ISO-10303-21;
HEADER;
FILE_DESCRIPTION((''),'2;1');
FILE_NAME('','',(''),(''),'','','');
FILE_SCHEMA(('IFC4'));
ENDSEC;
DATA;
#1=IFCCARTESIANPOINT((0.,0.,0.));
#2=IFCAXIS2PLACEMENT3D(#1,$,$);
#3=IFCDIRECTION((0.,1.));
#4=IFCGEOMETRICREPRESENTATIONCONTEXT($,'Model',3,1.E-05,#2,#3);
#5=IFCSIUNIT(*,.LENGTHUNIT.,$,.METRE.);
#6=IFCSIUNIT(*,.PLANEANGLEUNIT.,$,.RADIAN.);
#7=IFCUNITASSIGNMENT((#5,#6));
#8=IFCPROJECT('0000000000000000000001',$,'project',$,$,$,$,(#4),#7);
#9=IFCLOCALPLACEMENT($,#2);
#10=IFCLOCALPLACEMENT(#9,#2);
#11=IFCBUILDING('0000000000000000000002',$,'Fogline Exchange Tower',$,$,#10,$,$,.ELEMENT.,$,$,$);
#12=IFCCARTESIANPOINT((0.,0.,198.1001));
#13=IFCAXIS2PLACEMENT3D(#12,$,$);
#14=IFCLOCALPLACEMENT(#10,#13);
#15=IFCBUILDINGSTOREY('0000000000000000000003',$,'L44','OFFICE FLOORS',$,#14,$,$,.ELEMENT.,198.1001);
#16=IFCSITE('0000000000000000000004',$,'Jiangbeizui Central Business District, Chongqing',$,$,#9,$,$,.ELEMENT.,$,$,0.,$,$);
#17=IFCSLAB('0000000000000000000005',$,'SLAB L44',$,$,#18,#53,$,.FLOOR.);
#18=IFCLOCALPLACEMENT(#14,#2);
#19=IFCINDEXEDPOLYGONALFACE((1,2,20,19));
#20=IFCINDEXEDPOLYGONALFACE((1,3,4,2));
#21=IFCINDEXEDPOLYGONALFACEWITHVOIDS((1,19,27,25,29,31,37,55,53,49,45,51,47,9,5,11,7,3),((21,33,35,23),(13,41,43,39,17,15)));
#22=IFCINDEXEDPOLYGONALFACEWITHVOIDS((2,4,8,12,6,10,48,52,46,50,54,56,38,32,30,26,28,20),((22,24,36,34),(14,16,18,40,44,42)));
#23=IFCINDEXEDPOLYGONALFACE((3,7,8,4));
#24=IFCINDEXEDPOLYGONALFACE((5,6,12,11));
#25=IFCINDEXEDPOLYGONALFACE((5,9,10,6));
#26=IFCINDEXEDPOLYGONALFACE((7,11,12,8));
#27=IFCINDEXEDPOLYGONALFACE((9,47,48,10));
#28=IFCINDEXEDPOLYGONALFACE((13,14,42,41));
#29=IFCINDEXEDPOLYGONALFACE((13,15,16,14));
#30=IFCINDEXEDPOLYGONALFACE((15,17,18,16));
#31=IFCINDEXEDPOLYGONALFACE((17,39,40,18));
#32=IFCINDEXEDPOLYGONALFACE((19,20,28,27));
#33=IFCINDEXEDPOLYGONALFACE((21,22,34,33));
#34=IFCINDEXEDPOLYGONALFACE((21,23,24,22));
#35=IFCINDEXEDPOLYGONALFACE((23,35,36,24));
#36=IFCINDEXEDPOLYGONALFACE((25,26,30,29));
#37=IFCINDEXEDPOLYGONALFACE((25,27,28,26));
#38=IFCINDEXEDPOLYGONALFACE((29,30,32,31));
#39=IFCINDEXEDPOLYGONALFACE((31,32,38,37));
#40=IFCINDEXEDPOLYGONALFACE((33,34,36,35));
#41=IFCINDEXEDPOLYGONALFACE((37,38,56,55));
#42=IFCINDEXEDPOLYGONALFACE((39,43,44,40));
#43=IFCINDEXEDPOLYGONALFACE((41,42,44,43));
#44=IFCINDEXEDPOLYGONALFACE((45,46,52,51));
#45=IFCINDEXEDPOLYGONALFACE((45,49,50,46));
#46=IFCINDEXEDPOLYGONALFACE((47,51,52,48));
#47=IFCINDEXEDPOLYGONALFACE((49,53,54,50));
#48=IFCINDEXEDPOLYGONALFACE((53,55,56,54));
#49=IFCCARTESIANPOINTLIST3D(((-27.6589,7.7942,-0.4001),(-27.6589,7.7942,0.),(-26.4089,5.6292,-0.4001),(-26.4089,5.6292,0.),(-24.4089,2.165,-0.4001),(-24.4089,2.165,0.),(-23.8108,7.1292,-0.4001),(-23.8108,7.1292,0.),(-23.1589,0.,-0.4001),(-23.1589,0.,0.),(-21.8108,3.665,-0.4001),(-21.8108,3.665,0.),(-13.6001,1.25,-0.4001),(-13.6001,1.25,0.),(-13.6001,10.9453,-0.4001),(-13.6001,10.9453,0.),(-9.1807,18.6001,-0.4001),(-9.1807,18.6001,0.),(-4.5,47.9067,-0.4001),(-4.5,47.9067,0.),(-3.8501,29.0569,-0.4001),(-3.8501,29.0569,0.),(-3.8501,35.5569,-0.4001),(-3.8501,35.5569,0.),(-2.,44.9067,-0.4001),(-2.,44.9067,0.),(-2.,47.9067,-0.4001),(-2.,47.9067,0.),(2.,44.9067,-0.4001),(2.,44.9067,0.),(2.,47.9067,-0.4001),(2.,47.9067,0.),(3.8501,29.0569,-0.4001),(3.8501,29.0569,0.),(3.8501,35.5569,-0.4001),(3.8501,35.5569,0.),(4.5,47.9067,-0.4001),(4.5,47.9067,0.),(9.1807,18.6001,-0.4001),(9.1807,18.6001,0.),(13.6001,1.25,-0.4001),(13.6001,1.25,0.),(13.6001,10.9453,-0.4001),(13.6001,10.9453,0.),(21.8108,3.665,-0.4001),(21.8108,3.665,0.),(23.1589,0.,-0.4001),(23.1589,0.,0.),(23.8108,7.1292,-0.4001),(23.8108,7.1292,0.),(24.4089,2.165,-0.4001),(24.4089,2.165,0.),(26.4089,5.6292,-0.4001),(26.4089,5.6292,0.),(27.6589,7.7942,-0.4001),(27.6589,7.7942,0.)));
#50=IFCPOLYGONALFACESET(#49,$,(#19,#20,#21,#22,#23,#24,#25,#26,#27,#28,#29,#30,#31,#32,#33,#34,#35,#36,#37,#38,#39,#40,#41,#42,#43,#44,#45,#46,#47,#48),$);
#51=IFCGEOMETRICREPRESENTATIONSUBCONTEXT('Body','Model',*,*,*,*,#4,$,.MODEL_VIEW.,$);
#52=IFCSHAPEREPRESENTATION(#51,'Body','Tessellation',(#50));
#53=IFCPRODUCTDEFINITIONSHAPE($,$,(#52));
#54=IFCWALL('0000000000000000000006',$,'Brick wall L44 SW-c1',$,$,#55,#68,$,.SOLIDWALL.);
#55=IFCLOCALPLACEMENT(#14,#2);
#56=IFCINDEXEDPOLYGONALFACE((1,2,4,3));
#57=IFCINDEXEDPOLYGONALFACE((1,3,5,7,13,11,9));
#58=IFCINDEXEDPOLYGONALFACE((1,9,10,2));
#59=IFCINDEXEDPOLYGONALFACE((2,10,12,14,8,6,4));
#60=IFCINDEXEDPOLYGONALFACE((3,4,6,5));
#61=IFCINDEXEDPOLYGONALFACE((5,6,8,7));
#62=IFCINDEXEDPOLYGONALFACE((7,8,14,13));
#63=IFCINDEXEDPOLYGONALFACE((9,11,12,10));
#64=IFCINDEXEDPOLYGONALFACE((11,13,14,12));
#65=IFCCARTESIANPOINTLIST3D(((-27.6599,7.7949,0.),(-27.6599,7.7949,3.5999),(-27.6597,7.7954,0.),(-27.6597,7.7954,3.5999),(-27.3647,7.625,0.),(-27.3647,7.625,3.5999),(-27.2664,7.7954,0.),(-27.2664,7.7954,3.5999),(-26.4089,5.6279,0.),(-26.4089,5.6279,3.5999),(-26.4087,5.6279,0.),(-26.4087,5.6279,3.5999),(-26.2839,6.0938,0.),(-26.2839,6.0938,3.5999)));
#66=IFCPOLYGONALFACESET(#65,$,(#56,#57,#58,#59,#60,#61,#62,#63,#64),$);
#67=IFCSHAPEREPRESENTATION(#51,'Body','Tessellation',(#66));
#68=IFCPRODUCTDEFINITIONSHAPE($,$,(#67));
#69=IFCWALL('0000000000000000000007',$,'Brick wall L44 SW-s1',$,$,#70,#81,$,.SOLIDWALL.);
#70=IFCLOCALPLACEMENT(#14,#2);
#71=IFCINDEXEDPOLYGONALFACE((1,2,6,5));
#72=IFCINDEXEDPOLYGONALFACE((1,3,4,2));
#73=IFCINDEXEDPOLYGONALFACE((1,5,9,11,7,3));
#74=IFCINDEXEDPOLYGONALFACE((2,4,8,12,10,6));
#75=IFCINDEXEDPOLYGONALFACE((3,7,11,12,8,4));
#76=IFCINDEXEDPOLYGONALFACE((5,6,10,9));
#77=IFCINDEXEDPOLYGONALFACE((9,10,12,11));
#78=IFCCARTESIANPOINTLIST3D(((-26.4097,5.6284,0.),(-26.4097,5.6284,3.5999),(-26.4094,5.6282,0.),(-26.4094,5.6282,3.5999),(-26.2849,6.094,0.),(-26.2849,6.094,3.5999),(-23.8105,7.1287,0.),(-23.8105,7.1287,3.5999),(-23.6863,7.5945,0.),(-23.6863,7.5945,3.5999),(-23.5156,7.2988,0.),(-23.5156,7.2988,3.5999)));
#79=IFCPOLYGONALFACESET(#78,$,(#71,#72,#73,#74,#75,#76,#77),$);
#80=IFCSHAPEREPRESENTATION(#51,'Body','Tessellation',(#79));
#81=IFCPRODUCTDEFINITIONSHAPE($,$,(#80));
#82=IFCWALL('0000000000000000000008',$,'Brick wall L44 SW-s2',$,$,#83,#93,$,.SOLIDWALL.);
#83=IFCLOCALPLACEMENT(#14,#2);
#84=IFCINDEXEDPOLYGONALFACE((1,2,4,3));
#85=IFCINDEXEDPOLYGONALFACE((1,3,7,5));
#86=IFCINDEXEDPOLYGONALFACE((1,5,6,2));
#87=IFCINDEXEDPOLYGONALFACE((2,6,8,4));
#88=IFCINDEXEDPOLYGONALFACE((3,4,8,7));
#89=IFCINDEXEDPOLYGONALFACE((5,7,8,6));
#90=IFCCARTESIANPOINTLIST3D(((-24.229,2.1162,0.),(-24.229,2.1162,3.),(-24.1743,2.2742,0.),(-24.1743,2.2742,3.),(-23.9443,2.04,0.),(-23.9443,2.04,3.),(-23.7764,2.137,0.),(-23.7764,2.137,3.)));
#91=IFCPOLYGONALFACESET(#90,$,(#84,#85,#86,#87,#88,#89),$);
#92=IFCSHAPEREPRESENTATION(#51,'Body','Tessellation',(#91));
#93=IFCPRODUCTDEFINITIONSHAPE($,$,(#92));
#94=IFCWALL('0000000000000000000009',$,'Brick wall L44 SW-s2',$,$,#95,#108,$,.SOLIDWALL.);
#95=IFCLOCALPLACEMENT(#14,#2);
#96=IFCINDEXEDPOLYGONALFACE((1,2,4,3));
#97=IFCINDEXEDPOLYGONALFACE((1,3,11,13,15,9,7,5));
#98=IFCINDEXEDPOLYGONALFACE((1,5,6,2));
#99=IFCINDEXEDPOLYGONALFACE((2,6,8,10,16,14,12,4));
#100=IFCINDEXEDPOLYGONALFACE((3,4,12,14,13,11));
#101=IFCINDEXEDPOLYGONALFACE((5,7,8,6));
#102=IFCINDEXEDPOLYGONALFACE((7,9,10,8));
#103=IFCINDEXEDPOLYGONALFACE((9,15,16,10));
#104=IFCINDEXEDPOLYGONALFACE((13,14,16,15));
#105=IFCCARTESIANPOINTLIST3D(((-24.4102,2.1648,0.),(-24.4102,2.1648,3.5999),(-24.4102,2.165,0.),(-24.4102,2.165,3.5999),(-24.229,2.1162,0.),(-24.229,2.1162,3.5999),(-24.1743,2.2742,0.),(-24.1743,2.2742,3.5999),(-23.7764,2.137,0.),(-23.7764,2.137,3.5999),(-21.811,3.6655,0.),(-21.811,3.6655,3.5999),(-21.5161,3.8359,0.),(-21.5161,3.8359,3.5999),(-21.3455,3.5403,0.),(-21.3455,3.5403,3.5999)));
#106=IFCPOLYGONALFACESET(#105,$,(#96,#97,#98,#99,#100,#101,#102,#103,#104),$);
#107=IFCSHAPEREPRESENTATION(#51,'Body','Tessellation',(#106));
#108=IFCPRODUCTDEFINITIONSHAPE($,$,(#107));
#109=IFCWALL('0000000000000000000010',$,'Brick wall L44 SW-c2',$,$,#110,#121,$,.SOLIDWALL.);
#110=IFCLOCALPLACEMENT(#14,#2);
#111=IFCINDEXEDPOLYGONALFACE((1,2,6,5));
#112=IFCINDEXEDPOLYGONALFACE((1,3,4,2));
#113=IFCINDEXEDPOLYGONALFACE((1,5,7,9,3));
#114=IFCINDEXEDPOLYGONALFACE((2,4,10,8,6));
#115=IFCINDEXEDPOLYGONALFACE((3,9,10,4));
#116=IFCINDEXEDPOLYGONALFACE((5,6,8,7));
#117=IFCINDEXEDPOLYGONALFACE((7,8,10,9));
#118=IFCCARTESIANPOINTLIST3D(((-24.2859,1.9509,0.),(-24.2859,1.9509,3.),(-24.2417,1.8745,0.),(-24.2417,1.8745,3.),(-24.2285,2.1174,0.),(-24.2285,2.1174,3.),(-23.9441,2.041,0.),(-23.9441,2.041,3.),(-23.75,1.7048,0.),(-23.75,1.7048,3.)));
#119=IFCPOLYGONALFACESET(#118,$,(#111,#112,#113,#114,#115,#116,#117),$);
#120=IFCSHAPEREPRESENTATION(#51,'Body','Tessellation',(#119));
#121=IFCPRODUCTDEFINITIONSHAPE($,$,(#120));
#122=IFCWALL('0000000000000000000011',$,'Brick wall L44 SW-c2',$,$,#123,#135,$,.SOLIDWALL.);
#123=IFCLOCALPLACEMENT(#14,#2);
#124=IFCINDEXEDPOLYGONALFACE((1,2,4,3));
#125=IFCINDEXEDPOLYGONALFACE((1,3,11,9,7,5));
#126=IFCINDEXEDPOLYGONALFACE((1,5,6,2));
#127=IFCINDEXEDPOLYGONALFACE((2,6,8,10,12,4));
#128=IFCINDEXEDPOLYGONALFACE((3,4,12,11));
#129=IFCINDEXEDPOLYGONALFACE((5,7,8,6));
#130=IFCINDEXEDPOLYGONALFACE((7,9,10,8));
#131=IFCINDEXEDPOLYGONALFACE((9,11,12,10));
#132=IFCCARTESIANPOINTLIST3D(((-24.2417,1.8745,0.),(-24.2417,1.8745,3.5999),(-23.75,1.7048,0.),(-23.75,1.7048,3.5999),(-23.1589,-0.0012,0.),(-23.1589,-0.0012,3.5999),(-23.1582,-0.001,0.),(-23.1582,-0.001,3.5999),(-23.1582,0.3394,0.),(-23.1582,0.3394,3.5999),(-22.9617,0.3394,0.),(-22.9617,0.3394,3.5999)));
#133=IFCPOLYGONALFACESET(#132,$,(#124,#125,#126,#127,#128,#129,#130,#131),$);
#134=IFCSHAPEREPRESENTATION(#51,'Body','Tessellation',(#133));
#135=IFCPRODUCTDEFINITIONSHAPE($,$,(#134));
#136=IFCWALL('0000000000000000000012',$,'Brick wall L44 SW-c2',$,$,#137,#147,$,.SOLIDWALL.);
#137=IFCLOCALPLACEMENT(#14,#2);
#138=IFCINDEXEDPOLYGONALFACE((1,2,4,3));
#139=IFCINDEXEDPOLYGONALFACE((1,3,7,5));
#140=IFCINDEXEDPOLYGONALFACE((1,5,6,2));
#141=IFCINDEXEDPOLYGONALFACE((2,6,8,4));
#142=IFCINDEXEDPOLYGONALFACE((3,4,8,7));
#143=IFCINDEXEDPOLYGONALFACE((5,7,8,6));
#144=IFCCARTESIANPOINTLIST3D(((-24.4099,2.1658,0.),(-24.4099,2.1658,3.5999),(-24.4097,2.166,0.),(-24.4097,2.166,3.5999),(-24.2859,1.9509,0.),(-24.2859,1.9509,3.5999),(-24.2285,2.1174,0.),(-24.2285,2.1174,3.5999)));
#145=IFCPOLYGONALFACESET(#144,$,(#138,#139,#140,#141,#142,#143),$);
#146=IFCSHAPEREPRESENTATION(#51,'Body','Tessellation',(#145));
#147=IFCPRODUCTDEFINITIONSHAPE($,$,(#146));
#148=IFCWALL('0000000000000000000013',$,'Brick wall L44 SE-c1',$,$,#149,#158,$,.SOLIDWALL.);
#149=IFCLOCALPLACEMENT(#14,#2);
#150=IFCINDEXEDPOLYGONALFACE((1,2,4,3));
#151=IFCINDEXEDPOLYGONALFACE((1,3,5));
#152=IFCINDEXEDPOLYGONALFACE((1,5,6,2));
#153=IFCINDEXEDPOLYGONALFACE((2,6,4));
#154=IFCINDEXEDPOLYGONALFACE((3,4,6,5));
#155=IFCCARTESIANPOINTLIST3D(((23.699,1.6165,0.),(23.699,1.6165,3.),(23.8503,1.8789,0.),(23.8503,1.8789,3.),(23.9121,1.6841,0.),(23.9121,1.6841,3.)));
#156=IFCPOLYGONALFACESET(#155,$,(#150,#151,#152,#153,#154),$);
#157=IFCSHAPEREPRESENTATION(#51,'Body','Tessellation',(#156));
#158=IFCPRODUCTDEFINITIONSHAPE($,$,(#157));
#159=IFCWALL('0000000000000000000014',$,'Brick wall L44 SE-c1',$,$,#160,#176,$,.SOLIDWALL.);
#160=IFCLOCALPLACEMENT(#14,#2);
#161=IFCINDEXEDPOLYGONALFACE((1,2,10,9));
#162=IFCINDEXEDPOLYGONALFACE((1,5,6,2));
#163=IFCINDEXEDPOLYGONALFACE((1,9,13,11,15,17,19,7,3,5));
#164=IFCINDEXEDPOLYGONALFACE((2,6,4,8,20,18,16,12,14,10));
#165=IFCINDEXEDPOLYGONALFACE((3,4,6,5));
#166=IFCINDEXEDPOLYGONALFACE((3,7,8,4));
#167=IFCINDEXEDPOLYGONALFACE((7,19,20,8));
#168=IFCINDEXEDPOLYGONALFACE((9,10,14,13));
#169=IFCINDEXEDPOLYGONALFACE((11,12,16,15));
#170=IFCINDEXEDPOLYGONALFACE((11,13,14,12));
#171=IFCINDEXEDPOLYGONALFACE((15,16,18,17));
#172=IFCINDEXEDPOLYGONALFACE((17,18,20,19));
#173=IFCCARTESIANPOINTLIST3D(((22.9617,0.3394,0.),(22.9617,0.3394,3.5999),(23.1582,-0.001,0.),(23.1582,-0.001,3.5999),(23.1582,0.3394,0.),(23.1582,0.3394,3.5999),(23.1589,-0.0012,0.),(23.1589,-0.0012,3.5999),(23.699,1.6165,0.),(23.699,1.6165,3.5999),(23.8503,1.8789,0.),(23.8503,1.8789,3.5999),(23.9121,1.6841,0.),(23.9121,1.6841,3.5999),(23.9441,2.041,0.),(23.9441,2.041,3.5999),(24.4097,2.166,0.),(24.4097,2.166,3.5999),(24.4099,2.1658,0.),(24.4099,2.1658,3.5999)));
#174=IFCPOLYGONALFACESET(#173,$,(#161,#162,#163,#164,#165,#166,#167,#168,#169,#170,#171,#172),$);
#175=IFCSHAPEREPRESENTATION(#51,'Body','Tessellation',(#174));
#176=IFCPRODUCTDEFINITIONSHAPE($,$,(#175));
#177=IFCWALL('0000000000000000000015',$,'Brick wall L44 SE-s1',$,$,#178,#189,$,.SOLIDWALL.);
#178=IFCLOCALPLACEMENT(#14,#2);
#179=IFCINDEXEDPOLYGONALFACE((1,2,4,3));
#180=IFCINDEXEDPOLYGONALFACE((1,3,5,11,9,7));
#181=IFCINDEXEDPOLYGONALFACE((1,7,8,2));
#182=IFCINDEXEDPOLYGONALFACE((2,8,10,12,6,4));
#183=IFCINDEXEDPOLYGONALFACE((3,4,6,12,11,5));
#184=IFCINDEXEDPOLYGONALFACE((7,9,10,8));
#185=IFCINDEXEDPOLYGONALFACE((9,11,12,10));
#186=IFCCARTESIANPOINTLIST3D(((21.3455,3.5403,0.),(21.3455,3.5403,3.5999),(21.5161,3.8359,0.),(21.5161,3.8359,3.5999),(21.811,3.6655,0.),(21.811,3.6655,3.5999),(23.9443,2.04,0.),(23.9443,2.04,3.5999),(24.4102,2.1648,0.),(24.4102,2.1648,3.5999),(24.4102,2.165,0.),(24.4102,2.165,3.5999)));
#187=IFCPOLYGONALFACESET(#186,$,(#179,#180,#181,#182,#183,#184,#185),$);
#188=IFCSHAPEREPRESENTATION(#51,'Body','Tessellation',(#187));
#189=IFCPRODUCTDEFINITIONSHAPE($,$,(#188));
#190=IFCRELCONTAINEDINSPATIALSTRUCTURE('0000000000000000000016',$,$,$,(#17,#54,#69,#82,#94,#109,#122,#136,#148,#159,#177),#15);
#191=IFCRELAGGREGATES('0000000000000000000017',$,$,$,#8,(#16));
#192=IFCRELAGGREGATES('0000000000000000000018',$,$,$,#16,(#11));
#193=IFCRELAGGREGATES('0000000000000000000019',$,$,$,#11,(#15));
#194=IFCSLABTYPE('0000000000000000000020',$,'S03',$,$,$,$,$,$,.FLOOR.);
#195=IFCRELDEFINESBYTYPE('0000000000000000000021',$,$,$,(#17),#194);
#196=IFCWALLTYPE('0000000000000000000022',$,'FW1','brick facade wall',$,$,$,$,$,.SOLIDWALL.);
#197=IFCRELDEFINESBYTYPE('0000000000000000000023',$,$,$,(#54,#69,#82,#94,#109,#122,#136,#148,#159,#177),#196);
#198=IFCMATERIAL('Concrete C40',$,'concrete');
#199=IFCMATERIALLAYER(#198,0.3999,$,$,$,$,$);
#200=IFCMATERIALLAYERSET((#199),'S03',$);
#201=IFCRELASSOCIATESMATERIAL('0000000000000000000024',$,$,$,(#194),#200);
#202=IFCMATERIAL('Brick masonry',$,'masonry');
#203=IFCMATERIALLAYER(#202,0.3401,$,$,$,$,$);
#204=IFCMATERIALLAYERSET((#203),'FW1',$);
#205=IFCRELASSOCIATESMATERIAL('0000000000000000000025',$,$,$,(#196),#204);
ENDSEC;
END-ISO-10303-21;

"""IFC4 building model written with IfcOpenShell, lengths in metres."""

from ifc_helpers import new_model, si_unit, direction, frame, origin, place, context, subcontext, project, spatial, polyline, outline, extrude, material, layer, layer_set, type_object, element, save


model = new_model("IFC4")

# Units and contexts
model_context = context("Model", 3, precision=1e-05, world=origin(), true_north=direction((0.0, 1.0)))
body_context = subcontext(model_context, "Body", "Model", "MODEL_VIEW")
ifc_project = project(units=[si_unit("LENGTHUNIT", "METRE"), si_unit("PLANEANGLEUNIT", "RADIAN")], contexts=[model_context])

# Site, building, storey
site_placement = place(None, origin())
site = spatial("IfcSite", under=ifc_project, at=site_placement, Name="Jiangbeizui Central Business District, Chongqing", CompositionType="ELEMENT", RefElevation=0.0)
building_placement = place(site_placement, origin())
building = spatial("IfcBuilding", under=site, at=building_placement, Name="Fogline Exchange Tower", CompositionType="ELEMENT")
storey_placement = place(building_placement, frame((0.0, 0.0, 198.1001)))
storey = spatial("IfcBuildingStorey", under=building, at=storey_placement, Name="L44", Description="OFFICE FLOORS", CompositionType="ELEMENT", Elevation=198.1001)

# Slab
ifc_material_1 = material(Name="Concrete C40", Category="concrete")
ifc_layer_1 = layer(ifc_material_1, 0.3999)
ifc_layer_set_1 = layer_set([ifc_layer_1], Name="S03")
slab_type = type_object("IfcSlabType", Name="S03", PredefinedType="FLOOR", material=ifc_layer_set_1)
slab_placement = place(storey_placement, frame((0.0, 0.0, -0.4001)))
element("IfcSlab", 1, at=slab_placement, inside=storey, type_object=slab_type, Name="SLAB L44", PredefinedType="FLOOR", context=body_context, shape_type="SweptSolid", body=[
    extrude(outline(polyline([(-2.0, 47.9067), (-4.5, 47.9067), (-27.6589, 7.7942), (-26.4089, 5.6292), (-23.8108, 7.1292), (-21.8108, 3.665), (-24.4089, 2.165), (-23.1589, 0.0), (23.1589, 0.0), (24.4089, 2.165), (21.8108, 3.665), (23.8108, 7.1292), (26.4089, 5.6292), (27.6589, 7.7942), (4.5, 47.9067), (2.0, 47.9067), (2.0, 44.9067), (-2.0, 44.9067), (-2.0, 47.9067)]), holes=[polyline([(13.6001, 10.9453), (13.6001, 1.25), (-13.6001, 1.25), (-13.6001, 10.9453), (-9.1807, 18.6001), (9.1807, 18.6001), (13.6001, 10.9453)]), polyline([(3.8501, 35.5569), (3.8501, 29.0569), (-3.8501, 29.0569), (-3.8501, 35.5569), (3.8501, 35.5569)])]), origin(), (0.0, 0.0, 1.0), 0.4001),
])

# Walls
ifc_material_2 = material(Name="Brick masonry", Category="masonry")
ifc_layer_2 = layer(ifc_material_2, 0.3401)
ifc_layer_set_2 = layer_set([ifc_layer_2], Name="FW1")
wall_type = type_object("IfcWallType", Name="FW1", Description="brick facade wall", PredefinedType="SOLIDWALL", material=ifc_layer_set_2)
wall_1_placement = place(storey_placement, origin())
element("IfcWall", 2, at=wall_1_placement, inside=storey, type_object=wall_type, Name="Brick wall L44 SW-c1", PredefinedType="SOLIDWALL", context=body_context, shape_type="SweptSolid", body=[
    extrude(outline(polyline([(-26.4089, 5.6279), (-27.6599, 7.7949), (-27.6597, 7.7954), (-27.3647, 7.625), (-27.2664, 7.7954), (-26.2839, 6.0938), (-26.4087, 5.6279), (-26.4089, 5.6279)])), origin(), (0.0, 0.0, 1.0), 3.5999),
])
wall_2_placement = place(storey_placement, origin())
element("IfcWall", 3, at=wall_2_placement, inside=storey, type_object=wall_type, Name="Brick wall L44 SW-s1", PredefinedType="SOLIDWALL", context=body_context, shape_type="SweptSolid", body=[
    extrude(outline(polyline([(-23.6863, 7.5945), (-23.5156, 7.2988), (-23.8105, 7.1287), (-26.4094, 5.6282), (-26.4097, 5.6284), (-26.2849, 6.094), (-23.6863, 7.5945)])), origin(), (0.0, 0.0, 1.0), 3.5999),
])
wall_3_placement = place(storey_placement, origin())
element("IfcWall", 4, at=wall_3_placement, inside=storey, type_object=wall_type, Name="Brick wall L44 SW-s2", PredefinedType="SOLIDWALL", context=body_context, shape_type="SweptSolid", body=[
    extrude(outline(polyline([(-23.9443, 2.04), (-24.229, 2.1162), (-24.1743, 2.2742), (-23.7764, 2.137), (-23.9443, 2.04)])), origin(), (0.0, 0.0, 1.0), 3.0),
])
wall_4_placement = place(storey_placement, origin())
element("IfcWall", 5, at=wall_4_placement, inside=storey, type_object=wall_type, Name="Brick wall L44 SW-s2", PredefinedType="SOLIDWALL", context=body_context, shape_type="SweptSolid", body=[
    extrude(outline(polyline([(-21.811, 3.6655), (-21.5161, 3.8359), (-21.3455, 3.5403), (-23.7764, 2.137), (-24.1743, 2.2742), (-24.229, 2.1162), (-24.4102, 2.1648), (-24.4102, 2.165), (-21.811, 3.6655)])), origin(), (0.0, 0.0, 1.0), 3.5999),
])
wall_5_placement = place(storey_placement, origin())
element("IfcWall", 6, at=wall_5_placement, inside=storey, type_object=wall_type, Name="Brick wall L44 SW-c2", PredefinedType="SOLIDWALL", context=body_context, shape_type="SweptSolid", body=[
    extrude(outline(polyline([(-24.2859, 1.9509), (-24.2285, 2.1174), (-23.9441, 2.041), (-23.75, 1.7048), (-24.2417, 1.8745), (-24.2859, 1.9509)])), origin(), (0.0, 0.0, 1.0), 3.0),
])
wall_6_placement = place(storey_placement, origin())
element("IfcWall", 7, at=wall_6_placement, inside=storey, type_object=wall_type, Name="Brick wall L44 SW-c2", PredefinedType="SOLIDWALL", context=body_context, shape_type="SweptSolid", body=[
    extrude(outline(polyline([(-23.1582, 0.3394), (-23.1582, -0.001), (-23.1589, -0.0012), (-24.2417, 1.8745), (-23.75, 1.7048), (-22.9617, 0.3394), (-23.1582, 0.3394)])), origin(), (0.0, 0.0, 1.0), 3.5999),
])
wall_7_placement = place(storey_placement, origin())
element("IfcWall", 8, at=wall_7_placement, inside=storey, type_object=wall_type, Name="Brick wall L44 SW-c2", PredefinedType="SOLIDWALL", context=body_context, shape_type="SweptSolid", body=[
    extrude(outline(polyline([(-24.4099, 2.1658), (-24.4097, 2.166), (-24.2285, 2.1174), (-24.2859, 1.9509), (-24.4099, 2.1658)])), origin(), (0.0, 0.0, 1.0), 3.5999),
])
wall_8_placement = place(storey_placement, origin())
element("IfcWall", 9, at=wall_8_placement, inside=storey, type_object=wall_type, Name="Brick wall L44 SE-c1", PredefinedType="SOLIDWALL", context=body_context, shape_type="SweptSolid", body=[
    extrude(outline(polyline([(23.8503, 1.8789), (23.9121, 1.6841), (23.699, 1.6165), (23.8503, 1.8789)])), origin(), (0.0, 0.0, 1.0), 3.0),
])
wall_9_placement = place(storey_placement, origin())
element("IfcWall", 10, at=wall_9_placement, inside=storey, type_object=wall_type, Name="Brick wall L44 SE-c1", PredefinedType="SOLIDWALL", context=body_context, shape_type="SweptSolid", body=[
    extrude(outline(polyline([(23.1589, -0.0012), (23.1582, -0.001), (23.1582, 0.3394), (22.9617, 0.3394), (23.699, 1.6165), (23.9121, 1.6841), (23.8503, 1.8789), (23.9441, 2.041), (24.4097, 2.166), (24.4099, 2.1658), (23.1589, -0.0012)])), origin(), (0.0, 0.0, 1.0), 3.5999),
])
wall_10_placement = place(storey_placement, origin())
element("IfcWall", 11, at=wall_10_placement, inside=storey, type_object=wall_type, Name="Brick wall L44 SE-s1", PredefinedType="SOLIDWALL", context=body_context, shape_type="SweptSolid", body=[
    extrude(outline(polyline([(21.3455, 3.5403), (21.5161, 3.8359), (21.811, 3.6655), (24.4102, 2.165), (24.4102, 2.1648), (23.9443, 2.04), (21.3455, 3.5403)])), origin(), (0.0, 0.0, 1.0), 3.5999),
])

save(model, "model.ifc")
